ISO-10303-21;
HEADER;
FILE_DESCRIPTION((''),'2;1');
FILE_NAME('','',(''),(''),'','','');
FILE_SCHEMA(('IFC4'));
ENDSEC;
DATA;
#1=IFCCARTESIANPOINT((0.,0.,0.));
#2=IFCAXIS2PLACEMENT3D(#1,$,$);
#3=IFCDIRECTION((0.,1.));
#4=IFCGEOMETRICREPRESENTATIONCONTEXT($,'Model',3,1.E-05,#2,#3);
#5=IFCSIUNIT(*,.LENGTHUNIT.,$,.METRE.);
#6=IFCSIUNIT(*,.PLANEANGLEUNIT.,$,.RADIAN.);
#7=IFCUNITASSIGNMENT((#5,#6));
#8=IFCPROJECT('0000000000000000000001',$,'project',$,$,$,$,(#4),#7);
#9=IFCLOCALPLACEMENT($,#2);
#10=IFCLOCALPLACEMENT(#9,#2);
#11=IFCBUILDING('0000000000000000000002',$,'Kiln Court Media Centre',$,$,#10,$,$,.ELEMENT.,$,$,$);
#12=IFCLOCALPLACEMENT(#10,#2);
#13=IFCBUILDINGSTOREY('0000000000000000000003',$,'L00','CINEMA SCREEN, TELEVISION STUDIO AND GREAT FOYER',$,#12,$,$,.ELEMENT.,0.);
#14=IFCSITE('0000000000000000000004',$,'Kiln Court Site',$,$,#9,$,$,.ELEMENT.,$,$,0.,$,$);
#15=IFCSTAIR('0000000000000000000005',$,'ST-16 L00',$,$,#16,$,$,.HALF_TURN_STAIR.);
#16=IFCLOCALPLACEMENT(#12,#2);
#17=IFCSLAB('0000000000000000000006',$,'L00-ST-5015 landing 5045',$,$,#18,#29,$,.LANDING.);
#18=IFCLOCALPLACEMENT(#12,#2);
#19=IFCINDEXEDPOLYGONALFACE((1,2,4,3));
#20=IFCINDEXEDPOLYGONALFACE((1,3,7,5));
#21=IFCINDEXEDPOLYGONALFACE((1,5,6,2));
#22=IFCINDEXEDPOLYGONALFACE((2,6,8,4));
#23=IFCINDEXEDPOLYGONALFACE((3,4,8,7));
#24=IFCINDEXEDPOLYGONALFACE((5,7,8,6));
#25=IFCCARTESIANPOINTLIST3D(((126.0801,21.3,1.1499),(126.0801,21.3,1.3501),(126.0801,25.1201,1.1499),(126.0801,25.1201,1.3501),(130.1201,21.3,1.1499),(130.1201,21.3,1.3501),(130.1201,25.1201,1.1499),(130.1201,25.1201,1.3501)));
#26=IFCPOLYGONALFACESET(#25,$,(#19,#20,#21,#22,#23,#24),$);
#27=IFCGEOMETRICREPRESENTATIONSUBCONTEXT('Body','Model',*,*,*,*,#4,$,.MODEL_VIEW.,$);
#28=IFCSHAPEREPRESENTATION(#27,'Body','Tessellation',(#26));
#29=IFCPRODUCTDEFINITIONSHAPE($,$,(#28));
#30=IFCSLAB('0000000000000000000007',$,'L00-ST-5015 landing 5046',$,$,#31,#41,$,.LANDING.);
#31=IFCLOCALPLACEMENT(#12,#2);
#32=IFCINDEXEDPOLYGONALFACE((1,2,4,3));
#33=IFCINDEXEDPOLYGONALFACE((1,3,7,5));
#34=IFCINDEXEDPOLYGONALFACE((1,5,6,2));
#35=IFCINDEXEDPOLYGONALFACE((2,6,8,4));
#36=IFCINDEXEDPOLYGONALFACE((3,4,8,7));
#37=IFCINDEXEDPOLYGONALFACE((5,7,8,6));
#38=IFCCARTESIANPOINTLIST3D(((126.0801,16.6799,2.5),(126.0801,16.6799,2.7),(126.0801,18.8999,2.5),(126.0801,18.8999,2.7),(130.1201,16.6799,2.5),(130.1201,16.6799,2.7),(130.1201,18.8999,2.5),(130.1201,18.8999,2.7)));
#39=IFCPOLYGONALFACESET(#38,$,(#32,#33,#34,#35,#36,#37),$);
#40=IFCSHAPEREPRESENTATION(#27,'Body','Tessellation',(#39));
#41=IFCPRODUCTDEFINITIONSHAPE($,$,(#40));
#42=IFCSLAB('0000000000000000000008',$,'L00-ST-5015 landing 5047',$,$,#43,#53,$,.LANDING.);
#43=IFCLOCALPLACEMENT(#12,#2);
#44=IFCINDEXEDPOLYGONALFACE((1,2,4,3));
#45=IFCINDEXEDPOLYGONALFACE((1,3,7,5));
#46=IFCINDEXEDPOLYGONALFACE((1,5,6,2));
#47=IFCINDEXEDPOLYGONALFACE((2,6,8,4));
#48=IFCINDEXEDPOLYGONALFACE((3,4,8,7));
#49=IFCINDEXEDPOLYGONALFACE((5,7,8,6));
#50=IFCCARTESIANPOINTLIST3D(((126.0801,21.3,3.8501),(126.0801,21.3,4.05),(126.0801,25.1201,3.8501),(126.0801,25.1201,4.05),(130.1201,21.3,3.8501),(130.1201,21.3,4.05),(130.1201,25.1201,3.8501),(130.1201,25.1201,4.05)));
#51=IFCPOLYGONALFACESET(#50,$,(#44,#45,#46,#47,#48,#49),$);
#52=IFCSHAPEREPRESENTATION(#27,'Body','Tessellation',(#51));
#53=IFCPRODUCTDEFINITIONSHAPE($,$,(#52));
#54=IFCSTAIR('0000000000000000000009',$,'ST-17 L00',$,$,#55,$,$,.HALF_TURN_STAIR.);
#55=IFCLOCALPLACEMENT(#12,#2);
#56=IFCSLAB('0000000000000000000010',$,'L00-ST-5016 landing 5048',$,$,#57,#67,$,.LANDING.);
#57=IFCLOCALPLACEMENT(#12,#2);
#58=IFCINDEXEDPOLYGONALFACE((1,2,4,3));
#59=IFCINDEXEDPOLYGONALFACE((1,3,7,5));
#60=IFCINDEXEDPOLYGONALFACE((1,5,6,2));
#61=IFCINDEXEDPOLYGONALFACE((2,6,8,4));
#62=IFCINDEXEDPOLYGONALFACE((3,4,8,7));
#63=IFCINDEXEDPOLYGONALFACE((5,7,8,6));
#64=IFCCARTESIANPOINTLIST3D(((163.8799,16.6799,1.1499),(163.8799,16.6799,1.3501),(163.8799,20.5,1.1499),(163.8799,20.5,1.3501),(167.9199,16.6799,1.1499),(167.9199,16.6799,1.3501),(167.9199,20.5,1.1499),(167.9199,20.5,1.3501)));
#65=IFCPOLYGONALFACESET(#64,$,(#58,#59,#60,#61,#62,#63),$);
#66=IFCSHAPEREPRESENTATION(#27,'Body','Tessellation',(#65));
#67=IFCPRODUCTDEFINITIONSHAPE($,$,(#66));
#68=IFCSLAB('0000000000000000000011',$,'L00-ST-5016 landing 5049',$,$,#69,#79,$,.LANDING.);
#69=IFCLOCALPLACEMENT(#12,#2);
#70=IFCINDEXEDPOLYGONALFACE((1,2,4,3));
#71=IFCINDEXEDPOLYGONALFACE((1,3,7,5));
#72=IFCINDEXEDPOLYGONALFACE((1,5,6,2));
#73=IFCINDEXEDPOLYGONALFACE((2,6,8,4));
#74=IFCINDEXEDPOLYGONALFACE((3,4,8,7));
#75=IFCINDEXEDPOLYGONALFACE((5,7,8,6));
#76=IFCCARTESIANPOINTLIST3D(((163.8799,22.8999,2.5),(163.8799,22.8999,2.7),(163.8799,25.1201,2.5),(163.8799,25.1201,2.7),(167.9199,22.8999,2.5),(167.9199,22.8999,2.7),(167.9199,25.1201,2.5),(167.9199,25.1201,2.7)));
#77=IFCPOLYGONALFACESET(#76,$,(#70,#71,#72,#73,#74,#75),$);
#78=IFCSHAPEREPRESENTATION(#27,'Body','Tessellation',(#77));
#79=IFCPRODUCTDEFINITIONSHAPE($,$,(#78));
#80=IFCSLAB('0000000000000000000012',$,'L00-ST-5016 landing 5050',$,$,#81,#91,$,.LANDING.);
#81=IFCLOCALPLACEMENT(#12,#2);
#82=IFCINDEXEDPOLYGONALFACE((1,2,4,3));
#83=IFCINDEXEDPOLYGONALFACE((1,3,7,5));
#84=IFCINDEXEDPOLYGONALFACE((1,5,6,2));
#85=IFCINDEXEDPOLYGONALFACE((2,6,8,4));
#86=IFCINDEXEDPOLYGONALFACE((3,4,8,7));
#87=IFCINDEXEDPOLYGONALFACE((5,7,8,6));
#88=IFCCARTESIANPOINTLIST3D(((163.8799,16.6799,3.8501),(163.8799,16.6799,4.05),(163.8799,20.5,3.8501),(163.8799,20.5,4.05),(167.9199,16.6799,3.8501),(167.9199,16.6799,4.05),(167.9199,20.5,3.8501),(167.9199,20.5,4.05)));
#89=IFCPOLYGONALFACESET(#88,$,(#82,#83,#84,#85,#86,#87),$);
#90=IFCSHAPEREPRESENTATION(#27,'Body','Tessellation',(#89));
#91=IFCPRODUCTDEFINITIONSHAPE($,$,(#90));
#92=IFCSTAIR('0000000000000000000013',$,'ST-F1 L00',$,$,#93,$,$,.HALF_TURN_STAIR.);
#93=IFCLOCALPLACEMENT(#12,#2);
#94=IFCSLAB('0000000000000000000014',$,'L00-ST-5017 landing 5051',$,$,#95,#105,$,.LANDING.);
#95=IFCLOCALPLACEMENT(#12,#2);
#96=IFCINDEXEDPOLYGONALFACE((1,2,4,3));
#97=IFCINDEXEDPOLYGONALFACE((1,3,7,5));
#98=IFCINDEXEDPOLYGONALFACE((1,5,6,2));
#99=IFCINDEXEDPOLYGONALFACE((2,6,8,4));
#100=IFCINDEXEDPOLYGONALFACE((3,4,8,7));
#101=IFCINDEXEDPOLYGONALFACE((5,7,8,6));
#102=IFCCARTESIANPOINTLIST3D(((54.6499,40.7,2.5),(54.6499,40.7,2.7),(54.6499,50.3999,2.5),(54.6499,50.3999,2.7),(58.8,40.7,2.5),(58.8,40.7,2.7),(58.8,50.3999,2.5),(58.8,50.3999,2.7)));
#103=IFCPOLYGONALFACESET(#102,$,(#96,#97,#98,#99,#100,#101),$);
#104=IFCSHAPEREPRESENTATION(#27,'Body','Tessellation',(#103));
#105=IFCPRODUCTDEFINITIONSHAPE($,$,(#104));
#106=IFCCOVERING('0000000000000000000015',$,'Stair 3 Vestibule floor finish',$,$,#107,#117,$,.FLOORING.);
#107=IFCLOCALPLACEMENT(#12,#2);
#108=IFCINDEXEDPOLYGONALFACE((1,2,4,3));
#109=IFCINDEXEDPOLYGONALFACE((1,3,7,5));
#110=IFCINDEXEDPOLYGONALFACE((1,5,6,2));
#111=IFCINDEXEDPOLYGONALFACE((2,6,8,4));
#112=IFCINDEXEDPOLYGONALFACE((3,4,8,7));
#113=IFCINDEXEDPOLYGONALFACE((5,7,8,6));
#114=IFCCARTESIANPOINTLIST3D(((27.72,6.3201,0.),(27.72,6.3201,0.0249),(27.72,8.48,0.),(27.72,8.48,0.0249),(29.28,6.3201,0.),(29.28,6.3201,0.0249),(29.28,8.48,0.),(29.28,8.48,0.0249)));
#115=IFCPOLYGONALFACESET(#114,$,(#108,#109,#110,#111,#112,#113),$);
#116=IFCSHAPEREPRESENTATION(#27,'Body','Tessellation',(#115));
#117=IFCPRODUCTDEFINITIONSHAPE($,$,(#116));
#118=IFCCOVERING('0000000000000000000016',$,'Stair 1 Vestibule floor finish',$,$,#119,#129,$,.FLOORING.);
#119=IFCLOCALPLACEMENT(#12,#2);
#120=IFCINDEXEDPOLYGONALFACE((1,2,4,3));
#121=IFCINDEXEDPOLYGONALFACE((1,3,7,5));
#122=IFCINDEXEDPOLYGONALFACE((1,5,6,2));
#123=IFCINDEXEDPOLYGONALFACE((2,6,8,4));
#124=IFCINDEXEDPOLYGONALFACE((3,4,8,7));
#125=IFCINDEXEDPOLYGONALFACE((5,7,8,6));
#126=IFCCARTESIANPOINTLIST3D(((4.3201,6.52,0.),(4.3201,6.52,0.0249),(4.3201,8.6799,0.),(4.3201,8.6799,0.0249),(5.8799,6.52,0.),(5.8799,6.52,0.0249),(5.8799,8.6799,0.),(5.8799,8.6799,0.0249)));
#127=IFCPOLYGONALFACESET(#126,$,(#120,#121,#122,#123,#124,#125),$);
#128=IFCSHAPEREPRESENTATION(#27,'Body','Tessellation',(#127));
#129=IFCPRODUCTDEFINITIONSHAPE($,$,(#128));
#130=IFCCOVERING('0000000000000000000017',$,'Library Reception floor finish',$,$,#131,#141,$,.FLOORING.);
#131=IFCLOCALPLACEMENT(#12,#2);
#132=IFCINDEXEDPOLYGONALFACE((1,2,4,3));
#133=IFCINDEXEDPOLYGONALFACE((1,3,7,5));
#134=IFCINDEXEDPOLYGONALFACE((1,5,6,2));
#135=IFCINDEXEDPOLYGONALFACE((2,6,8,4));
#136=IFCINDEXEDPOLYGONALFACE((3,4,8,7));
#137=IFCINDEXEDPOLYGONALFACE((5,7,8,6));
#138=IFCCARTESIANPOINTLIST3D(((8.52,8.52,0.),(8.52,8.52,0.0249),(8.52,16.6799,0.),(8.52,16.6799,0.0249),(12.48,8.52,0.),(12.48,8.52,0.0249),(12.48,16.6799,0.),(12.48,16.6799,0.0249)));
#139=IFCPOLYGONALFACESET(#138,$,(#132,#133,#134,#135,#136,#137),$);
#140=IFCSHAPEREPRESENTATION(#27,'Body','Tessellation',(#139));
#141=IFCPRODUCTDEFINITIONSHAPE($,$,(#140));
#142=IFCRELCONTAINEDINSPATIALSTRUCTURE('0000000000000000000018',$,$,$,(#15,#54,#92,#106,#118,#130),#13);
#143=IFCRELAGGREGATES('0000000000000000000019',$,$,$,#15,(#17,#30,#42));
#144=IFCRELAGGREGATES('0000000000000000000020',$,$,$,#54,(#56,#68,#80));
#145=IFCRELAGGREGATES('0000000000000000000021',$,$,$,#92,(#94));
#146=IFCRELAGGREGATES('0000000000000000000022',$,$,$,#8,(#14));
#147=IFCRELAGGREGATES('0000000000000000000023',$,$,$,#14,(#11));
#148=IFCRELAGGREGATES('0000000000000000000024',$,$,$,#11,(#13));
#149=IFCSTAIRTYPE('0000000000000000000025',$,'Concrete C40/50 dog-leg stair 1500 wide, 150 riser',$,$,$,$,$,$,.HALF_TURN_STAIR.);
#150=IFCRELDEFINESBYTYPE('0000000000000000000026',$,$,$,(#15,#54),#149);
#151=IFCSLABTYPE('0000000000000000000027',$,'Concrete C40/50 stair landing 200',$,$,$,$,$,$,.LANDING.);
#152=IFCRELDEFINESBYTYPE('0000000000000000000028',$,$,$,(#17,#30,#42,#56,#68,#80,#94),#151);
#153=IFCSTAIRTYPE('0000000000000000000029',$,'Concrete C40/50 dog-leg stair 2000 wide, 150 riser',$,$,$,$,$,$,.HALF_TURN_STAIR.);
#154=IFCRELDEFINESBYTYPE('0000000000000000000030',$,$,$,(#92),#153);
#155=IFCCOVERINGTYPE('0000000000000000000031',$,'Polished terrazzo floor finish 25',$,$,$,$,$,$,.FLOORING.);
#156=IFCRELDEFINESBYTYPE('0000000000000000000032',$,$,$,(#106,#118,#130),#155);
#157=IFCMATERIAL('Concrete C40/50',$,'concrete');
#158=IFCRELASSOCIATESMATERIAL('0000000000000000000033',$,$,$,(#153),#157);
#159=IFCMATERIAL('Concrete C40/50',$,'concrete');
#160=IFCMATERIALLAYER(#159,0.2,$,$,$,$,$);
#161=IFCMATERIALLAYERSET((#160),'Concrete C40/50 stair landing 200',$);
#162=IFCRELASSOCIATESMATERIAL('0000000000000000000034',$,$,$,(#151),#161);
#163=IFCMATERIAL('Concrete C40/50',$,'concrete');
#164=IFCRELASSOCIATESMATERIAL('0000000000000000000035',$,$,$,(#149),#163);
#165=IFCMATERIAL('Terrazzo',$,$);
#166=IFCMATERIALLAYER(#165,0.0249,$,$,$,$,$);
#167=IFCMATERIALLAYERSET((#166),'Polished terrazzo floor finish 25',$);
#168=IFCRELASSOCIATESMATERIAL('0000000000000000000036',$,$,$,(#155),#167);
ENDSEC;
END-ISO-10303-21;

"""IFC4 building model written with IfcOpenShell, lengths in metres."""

from ifc_helpers import new_model, si_unit, direction, frame, origin, place, context, subcontext, project, spatial, polyline, outline, extrude, material, layer, layer_set, type_object, element, aggregate, save


model = new_model("IFC4")

# Units and contexts
model_context = context("Model", 3, precision=1e-05, world=origin(), true_north=direction((0.0, 1.0)))
body_context = subcontext(model_context, "Body", "Model", "MODEL_VIEW")
ifc_project = project(units=[si_unit("LENGTHUNIT", "METRE"), si_unit("PLANEANGLEUNIT", "RADIAN")], contexts=[model_context])

# Site, building, storey
site_placement = place(None, origin())
site = spatial("IfcSite", under=ifc_project, at=site_placement, Name="Kiln Court Site", CompositionType="ELEMENT", RefElevation=0.0)
building_placement = place(site_placement, origin())
building = spatial("IfcBuilding", under=site, at=building_placement, Name="Kiln Court Media Centre", CompositionType="ELEMENT")
storey_placement = place(building_placement, origin())
storey = spatial("IfcBuildingStorey", under=building, at=storey_placement, Name="L00", Description="CINEMA SCREEN, TELEVISION STUDIO AND GREAT FOYER", CompositionType="ELEMENT", Elevation=0.0)

# Stairs, slabs
ifc_material_1 = material(Name="Concrete C40/50", Category="concrete")
stair_type_1 = type_object("IfcStairType", Name="Concrete C40/50 dog-leg stair 2000 wide, 150 riser", PredefinedType="HALF_TURN_STAIR", material=ifc_material_1)
ifc_material_2 = material(Name="Concrete C40/50", Category="concrete")
ifc_layer_1 = layer(ifc_material_2, 0.2)
ifc_layer_set_1 = layer_set([ifc_layer_1], Name="Concrete C40/50 stair landing 200")
slab_type = type_object("IfcSlabType", Name="Concrete C40/50 stair landing 200", PredefinedType="LANDING", material=ifc_layer_set_1)
ifc_material_3 = material(Name="Concrete C40/50", Category="concrete")
stair_type_2 = type_object("IfcStairType", Name="Concrete C40/50 dog-leg stair 1500 wide, 150 riser", PredefinedType="HALF_TURN_STAIR", material=ifc_material_3)
stair_1_placement = place(storey_placement, origin())
stair_1 = element("IfcStair", 1, at=stair_1_placement, inside=storey, type_object=stair_type_2, Name="ST-16 L00", PredefinedType="HALF_TURN_STAIR")
slab_1_placement = place(storey_placement, frame((0.0, 0.0, 1.1499)))
slab_1 = element("IfcSlab", 2, at=slab_1_placement, type_object=slab_type, Name="L00-ST-5015 landing 5045", PredefinedType="LANDING", context=body_context, shape_type="SweptSolid", body=[
    extrude(outline(polyline([(130.1201, 21.3), (130.1201, 25.1201), (126.0801, 25.1201), (126.0801, 21.3), (130.1201, 21.3)])), origin(), (0.0, 0.0, 1.0), 0.2002),
])
slab_2_placement = place(storey_placement, frame((0.0, 0.0, 2.5)))
slab_2 = element("IfcSlab", 3, at=slab_2_placement, type_object=slab_type, Name="L00-ST-5015 landing 5046", PredefinedType="LANDING", context=body_context, shape_type="SweptSolid", body=[
    extrude(outline(polyline([(130.1201, 16.6799), (130.1201, 18.8999), (126.0801, 18.8999), (126.0801, 16.6799), (130.1201, 16.6799)])), origin(), (0.0, 0.0, 1.0), 0.2),
])
slab_3_placement = place(storey_placement, frame((0.0, 0.0, 3.8501)))
slab_3 = element("IfcSlab", 4, at=slab_3_placement, type_object=slab_type, Name="L00-ST-5015 landing 5047", PredefinedType="LANDING", context=body_context, shape_type="SweptSolid", body=[
    extrude(outline(polyline([(130.1201, 21.3), (130.1201, 25.1201), (126.0801, 25.1201), (126.0801, 21.3), (130.1201, 21.3)])), origin(), (0.0, 0.0, 1.0), 0.2),
])
aggregate(stair_1, [slab_1, slab_2, slab_3])
stair_2_placement = place(storey_placement, origin())
stair_2 = element("IfcStair", 5, at=stair_2_placement, inside=storey, type_object=stair_type_2, Name="ST-17 L00", PredefinedType="HALF_TURN_STAIR")
slab_4_placement = place(storey_placement, frame((0.0, 0.0, 1.1499)))
slab_4 = element("IfcSlab", 6, at=slab_4_placement, type_object=slab_type, Name="L00-ST-5016 landing 5048", PredefinedType="LANDING", context=body_context, shape_type="SweptSolid", body=[
    extrude(outline(polyline([(163.8799, 20.5), (163.8799, 16.6799), (167.9199, 16.6799), (167.9199, 20.5), (163.8799, 20.5)])), origin(), (0.0, 0.0, 1.0), 0.2002),
])
slab_5_placement = place(storey_placement, frame((0.0, 0.0, 2.5)))
slab_5 = element("IfcSlab", 7, at=slab_5_placement, type_object=slab_type, Name="L00-ST-5016 landing 5049", PredefinedType="LANDING", context=body_context, shape_type="SweptSolid", body=[
    extrude(outline(polyline([(163.8799, 25.1201), (163.8799, 22.8999), (167.9199, 22.8999), (167.9199, 25.1201), (163.8799, 25.1201)])), origin(), (0.0, 0.0, 1.0), 0.2),
])
slab_6_placement = place(storey_placement, frame((0.0, 0.0, 3.8501)))
slab_6 = element("IfcSlab", 8, at=slab_6_placement, type_object=slab_type, Name="L00-ST-5016 landing 5050", PredefinedType="LANDING", context=body_context, shape_type="SweptSolid", body=[
    extrude(outline(polyline([(163.8799, 20.5), (163.8799, 16.6799), (167.9199, 16.6799), (167.9199, 20.5), (163.8799, 20.5)])), origin(), (0.0, 0.0, 1.0), 0.2),
])
aggregate(stair_2, [slab_4, slab_5, slab_6])

# Stair, slab
stair_3_placement = place(storey_placement, origin())
stair_3 = element("IfcStair", 9, at=stair_3_placement, inside=storey, type_object=stair_type_1, Name="ST-F1 L00", PredefinedType="HALF_TURN_STAIR")
slab_7_placement = place(storey_placement, frame((0.0, 0.0, 2.5)))
slab_7 = element("IfcSlab", 10, at=slab_7_placement, type_object=slab_type, Name="L00-ST-5017 landing 5051", PredefinedType="LANDING", context=body_context, shape_type="SweptSolid", body=[
    extrude(outline(polyline([(58.8, 40.7), (58.8, 50.3999), (54.6499, 50.3999), (54.6499, 40.7), (58.8, 40.7)])), origin(), (0.0, 0.0, 1.0), 0.2),
])
aggregate(stair_3, [slab_7])

# Coverings
ifc_material_4 = material(Name="Terrazzo")
ifc_layer_2 = layer(ifc_material_4, 0.0249)
ifc_layer_set_2 = layer_set([ifc_layer_2], Name="Polished terrazzo floor finish 25")
covering_type = type_object("IfcCoveringType", Name="Polished terrazzo floor finish 25", PredefinedType="FLOORING", material=ifc_layer_set_2)
covering_1_placement = place(storey_placement, origin())
element("IfcCovering", 11, at=covering_1_placement, inside=storey, type_object=covering_type, Name="Stair 3 Vestibule floor finish", PredefinedType="FLOORING", context=body_context, shape_type="SweptSolid", body=[
    extrude(outline(polyline([(27.72, 6.3201), (29.28, 6.3201), (29.28, 8.48), (27.72, 8.48), (27.72, 6.3201)])), origin(), (0.0, 0.0, 1.0), 0.0249),
])
covering_2_placement = place(storey_placement, origin())
element("IfcCovering", 12, at=covering_2_placement, inside=storey, type_object=covering_type, Name="Stair 1 Vestibule floor finish", PredefinedType="FLOORING", context=body_context, shape_type="SweptSolid", body=[
    extrude(outline(polyline([(4.3201, 6.52), (5.8799, 6.52), (5.8799, 8.6799), (4.3201, 8.6799), (4.3201, 6.52)])), origin(), (0.0, 0.0, 1.0), 0.0249),
])
covering_3_placement = place(storey_placement, origin())
element("IfcCovering", 13, at=covering_3_placement, inside=storey, type_object=covering_type, Name="Library Reception floor finish", PredefinedType="FLOORING", context=body_context, shape_type="SweptSolid", body=[
    extrude(outline(polyline([(8.52, 8.52), (12.48, 8.52), (12.48, 16.6799), (8.52, 16.6799), (8.52, 8.52)])), origin(), (0.0, 0.0, 1.0), 0.0249),
])

save(model, "model.ifc")
